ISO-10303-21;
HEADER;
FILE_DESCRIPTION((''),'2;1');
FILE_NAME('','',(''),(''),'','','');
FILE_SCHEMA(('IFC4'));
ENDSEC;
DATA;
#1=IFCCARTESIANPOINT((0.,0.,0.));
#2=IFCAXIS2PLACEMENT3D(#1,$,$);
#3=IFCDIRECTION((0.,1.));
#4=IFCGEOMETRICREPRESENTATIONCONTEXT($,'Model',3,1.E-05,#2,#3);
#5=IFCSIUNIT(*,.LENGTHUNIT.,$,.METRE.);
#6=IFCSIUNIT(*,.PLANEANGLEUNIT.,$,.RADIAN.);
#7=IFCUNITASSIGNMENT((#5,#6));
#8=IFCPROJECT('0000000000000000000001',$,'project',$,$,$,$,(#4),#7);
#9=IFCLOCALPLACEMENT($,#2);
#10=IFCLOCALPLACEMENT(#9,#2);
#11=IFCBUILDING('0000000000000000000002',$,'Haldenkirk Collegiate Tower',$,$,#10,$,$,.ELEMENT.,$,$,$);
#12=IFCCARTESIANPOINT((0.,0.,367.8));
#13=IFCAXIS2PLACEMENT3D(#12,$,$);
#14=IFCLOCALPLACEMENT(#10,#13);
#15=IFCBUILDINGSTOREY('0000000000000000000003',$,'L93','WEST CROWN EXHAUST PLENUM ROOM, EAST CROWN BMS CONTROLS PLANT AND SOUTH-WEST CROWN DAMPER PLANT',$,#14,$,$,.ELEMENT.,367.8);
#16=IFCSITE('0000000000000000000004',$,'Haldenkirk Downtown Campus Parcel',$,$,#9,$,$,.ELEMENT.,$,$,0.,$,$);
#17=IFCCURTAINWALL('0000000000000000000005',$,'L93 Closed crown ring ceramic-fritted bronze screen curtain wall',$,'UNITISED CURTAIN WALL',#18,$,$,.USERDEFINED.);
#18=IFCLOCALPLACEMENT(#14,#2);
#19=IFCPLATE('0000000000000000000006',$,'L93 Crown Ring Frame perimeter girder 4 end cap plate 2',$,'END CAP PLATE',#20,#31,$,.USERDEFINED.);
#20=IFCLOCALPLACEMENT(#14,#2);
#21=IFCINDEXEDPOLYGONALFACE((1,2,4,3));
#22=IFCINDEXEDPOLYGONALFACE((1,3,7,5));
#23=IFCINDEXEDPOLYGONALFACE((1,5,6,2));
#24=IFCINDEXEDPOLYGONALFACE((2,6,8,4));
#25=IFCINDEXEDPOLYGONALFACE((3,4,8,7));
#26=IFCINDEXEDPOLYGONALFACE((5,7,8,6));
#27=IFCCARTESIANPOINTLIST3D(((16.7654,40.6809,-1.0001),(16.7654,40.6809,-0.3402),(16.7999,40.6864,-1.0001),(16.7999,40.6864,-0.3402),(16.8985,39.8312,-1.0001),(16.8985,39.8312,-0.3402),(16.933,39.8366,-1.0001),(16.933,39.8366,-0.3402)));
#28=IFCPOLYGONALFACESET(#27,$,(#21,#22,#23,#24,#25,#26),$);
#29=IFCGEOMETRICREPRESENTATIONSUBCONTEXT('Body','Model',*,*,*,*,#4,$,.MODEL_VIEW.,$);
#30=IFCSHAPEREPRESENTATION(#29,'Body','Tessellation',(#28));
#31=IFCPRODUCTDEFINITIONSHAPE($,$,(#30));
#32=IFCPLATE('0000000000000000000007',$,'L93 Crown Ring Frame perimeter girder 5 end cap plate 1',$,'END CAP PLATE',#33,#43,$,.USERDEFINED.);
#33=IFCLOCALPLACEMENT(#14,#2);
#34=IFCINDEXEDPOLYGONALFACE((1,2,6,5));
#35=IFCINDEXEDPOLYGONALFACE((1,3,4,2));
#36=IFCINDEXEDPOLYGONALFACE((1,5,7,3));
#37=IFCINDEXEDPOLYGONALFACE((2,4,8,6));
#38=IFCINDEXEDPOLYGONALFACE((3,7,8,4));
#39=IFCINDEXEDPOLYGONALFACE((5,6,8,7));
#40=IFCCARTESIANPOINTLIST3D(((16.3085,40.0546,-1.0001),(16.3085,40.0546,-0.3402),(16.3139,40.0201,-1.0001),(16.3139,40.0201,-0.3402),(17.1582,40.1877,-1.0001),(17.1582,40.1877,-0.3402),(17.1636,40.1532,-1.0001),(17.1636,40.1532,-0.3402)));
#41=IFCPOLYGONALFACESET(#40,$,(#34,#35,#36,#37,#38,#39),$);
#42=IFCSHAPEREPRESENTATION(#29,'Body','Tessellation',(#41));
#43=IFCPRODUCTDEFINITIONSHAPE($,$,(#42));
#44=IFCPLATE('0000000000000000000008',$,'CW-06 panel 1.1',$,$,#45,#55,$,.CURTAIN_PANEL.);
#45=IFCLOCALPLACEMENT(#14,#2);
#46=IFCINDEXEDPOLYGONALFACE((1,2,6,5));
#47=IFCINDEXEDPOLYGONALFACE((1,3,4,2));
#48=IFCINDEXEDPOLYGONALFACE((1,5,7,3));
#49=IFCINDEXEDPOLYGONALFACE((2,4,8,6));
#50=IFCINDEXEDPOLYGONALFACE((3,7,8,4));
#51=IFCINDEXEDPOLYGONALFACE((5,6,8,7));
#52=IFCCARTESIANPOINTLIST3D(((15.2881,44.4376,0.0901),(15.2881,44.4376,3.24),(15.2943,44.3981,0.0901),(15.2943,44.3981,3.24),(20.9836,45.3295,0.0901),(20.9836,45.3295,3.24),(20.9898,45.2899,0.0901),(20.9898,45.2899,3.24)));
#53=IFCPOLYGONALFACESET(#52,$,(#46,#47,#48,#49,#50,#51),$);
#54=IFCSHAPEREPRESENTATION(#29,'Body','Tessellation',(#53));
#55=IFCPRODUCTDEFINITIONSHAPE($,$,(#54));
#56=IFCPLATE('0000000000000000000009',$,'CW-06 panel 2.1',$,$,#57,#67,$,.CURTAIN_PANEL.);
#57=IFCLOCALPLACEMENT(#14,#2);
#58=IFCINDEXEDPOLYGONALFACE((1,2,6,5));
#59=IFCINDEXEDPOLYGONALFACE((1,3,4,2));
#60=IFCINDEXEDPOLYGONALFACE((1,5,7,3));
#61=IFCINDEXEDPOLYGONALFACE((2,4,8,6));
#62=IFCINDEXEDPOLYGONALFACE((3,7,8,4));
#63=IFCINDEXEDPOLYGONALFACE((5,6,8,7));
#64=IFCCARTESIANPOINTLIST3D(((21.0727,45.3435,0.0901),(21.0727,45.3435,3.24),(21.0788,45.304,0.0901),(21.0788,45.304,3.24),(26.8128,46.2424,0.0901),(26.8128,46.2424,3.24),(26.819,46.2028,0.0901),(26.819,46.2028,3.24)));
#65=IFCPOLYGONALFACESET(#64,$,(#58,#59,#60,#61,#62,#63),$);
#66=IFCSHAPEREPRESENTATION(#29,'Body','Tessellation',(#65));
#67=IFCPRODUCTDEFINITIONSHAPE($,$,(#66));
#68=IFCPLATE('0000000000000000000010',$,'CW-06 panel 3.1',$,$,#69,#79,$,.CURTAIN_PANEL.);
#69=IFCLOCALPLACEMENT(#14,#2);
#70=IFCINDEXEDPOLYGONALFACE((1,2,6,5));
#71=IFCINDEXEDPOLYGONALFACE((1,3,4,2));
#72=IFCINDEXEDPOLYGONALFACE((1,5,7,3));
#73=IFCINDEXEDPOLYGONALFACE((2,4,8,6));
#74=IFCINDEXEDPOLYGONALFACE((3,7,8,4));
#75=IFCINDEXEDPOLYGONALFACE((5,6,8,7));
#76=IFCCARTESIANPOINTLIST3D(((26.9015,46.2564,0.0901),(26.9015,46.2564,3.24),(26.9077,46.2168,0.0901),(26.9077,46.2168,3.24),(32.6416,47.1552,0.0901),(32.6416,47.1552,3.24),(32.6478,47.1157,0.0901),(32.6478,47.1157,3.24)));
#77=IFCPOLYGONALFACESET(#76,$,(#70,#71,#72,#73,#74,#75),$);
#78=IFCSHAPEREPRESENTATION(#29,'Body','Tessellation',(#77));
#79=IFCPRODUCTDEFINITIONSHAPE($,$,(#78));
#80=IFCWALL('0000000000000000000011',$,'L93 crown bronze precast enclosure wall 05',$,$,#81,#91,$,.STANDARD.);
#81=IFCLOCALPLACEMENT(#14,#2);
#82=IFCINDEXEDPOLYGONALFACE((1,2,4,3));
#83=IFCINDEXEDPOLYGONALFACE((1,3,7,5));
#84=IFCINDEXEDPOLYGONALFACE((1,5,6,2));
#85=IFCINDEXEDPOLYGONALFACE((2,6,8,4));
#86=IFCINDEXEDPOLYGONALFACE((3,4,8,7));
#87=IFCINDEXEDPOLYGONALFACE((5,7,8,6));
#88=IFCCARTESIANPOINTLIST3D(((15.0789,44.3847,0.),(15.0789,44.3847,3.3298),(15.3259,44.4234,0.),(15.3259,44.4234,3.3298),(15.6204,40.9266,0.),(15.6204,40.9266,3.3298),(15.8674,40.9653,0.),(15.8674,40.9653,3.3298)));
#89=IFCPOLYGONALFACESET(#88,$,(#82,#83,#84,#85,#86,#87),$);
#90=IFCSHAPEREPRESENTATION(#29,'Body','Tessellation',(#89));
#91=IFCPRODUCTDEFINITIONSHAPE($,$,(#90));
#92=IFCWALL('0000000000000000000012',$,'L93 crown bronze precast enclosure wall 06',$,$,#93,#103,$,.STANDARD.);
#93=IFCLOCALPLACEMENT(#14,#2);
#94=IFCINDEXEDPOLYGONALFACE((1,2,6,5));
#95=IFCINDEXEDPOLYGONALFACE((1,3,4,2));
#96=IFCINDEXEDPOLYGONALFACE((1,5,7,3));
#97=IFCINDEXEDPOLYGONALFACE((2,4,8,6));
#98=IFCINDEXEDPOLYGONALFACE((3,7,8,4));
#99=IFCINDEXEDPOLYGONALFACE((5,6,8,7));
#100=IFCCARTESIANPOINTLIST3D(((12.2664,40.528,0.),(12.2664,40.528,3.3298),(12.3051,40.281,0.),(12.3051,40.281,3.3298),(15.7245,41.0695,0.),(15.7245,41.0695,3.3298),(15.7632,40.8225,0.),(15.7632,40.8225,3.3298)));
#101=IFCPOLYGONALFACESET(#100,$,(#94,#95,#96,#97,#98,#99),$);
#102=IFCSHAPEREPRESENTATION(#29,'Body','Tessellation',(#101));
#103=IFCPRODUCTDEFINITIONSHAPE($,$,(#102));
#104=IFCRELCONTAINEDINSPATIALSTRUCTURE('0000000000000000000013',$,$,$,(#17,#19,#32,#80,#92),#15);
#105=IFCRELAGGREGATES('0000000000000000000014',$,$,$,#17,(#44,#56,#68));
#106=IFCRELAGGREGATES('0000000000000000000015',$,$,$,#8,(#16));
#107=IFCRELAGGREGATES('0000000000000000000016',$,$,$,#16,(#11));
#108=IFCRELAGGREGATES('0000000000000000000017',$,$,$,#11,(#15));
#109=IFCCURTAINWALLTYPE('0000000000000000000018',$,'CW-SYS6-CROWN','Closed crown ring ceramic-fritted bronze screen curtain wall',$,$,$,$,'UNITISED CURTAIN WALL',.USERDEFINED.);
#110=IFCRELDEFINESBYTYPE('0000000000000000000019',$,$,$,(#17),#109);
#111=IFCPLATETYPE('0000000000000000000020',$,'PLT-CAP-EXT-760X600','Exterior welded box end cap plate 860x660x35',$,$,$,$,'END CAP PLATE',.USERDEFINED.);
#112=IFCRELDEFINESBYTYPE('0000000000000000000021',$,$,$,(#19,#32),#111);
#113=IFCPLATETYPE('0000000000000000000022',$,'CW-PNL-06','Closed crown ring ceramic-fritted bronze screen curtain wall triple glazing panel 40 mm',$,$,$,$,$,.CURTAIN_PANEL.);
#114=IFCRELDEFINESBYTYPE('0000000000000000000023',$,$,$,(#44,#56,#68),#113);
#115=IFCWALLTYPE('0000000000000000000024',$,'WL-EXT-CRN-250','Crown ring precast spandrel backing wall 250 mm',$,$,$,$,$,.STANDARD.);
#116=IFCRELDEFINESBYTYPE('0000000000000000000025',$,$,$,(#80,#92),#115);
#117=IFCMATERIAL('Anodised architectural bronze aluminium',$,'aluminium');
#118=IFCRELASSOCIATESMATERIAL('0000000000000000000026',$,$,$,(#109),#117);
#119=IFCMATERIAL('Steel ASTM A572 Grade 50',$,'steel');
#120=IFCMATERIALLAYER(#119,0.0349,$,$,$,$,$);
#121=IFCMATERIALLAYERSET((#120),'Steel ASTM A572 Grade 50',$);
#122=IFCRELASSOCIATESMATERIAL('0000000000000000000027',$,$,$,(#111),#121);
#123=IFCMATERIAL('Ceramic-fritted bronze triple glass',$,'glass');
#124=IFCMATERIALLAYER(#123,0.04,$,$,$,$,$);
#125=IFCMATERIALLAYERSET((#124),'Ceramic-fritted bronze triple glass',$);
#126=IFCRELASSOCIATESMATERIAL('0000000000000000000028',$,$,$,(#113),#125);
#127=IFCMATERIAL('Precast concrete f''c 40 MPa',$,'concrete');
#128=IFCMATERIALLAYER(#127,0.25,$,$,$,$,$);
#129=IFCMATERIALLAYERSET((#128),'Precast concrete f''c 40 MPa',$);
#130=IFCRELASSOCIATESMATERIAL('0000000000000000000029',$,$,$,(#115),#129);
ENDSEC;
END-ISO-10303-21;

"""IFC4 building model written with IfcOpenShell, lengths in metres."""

from ifc_helpers import new_model, si_unit, direction, frame, frame_2d, origin, origin_2d, place, context, subcontext, project, spatial, rectangle, extrude, source, transform, mapped, material, layer, layer_set, type_object, element, aggregate, save


model = new_model("IFC4")

# Units and contexts
model_context = context("Model", 3, precision=1e-05, world=origin(), true_north=direction((0.0, 1.0)))
body_context = subcontext(model_context, "Body", "Model", "MODEL_VIEW")
ifc_project = project(units=[si_unit("LENGTHUNIT", "METRE"), si_unit("PLANEANGLEUNIT", "RADIAN")], contexts=[model_context])

# Site, building, storey
site_placement = place(None, origin())
site = spatial("IfcSite", under=ifc_project, at=site_placement, Name="Haldenkirk Downtown Campus Parcel", CompositionType="ELEMENT", RefElevation=0.0)
building_placement = place(site_placement, origin())
building = spatial("IfcBuilding", under=site, at=building_placement, Name="Haldenkirk Collegiate Tower", CompositionType="ELEMENT")
storey_placement = place(building_placement, frame((0.0, 0.0, 367.8)))
storey = spatial("IfcBuildingStorey", under=building, at=storey_placement, Name="L93", Description="WEST CROWN EXHAUST PLENUM ROOM, EAST CROWN BMS CONTROLS PLANT AND SOUTH-WEST CROWN DAMPER PLANT", CompositionType="ELEMENT", Elevation=367.8)

# Shared definitions
ifc_material_1 = material(Name="Steel ASTM A572 Grade 50", Category="steel")

# Curtain wall
ifc_material_2 = material(Name="Anodised architectural bronze aluminium", Category="aluminium")
curtain_wall_type = type_object("IfcCurtainWallType", Name="CW-SYS6-CROWN", Description="Closed crown ring ceramic-fritted bronze screen curtain wall", ElementType="UNITISED CURTAIN WALL", PredefinedType="USERDEFINED", material=ifc_material_2)
curtain_wall_1_placement = place(storey_placement, origin())
curtain_wall_1 = element("IfcCurtainWall", 1, at=curtain_wall_1_placement, inside=storey, type_object=curtain_wall_type, Name="L93 Closed crown ring ceramic-fritted bronze screen curtain wall", ObjectType="UNITISED CURTAIN WALL", PredefinedType="USERDEFINED")

# Plates
ifc_layer_1 = layer(ifc_material_1, 0.0349)
ifc_layer_set_1 = layer_set([ifc_layer_1], Name="Steel ASTM A572 Grade 50")
plate_type_1 = type_object("IfcPlateType", Name="PLT-CAP-EXT-760X600", Description="Exterior welded box end cap plate 860x660x35", ElementType="END CAP PLATE", PredefinedType="USERDEFINED", material=ifc_layer_set_1)
shared_shape_1 = source(origin(), body_context, "Body", "SweptSolid", [
    extrude(rectangle(XDim=0.8601, YDim=0.6599, at=origin_2d()), origin(), (0.0, 0.0, 1.0), 0.0349),
])
for number, where, z_axis, x_axis, name in (
    (2, (16.8665, 40.2615, -0.6702), (-0.987959, -0.154713, 0.0), (0.154713, -0.987959, 0.0), "L93 Crown Ring Frame perimeter girder 4 end cap plate 2"),
    (3, (16.7388, 40.0867, -0.6702), (-0.154711, 0.98796, 0.0), (-0.98796, -0.154711, 0.0), "L93 Crown Ring Frame perimeter girder 5 end cap plate 1"),
):
    element("IfcPlate", number, at=place(storey_placement, frame(where, z_axis=z_axis, x_axis=x_axis)), inside=storey, type_object=plate_type_1, Name=name, ObjectType="END CAP PLATE", PredefinedType="USERDEFINED", context=body_context, shape_type="MappedRepresentation", body=[
        mapped(shared_shape_1, transform((0.0, 0.0, 0.0), x_axis=(1.0, 0.0, 0.0), y_axis=(0.0, 1.0, 0.0), z_axis=(0.0, 0.0, 1.0), scale=1.0)),
    ])

# Plates
ifc_material_3 = material(Name="Ceramic-fritted bronze triple glass", Category="glass")
ifc_layer_2 = layer(ifc_material_3, 0.04)
ifc_layer_set_2 = layer_set([ifc_layer_2], Name="Ceramic-fritted bronze triple glass")
plate_type_2 = type_object("IfcPlateType", Name="CW-PNL-06", Description="Closed crown ring ceramic-fritted bronze screen curtain wall triple glazing panel 40 mm", PredefinedType="CURTAIN_PANEL", material=ifc_layer_set_2)
shared_shape_2 = source(origin(), body_context, "Body", "SweptSolid", [
    extrude(rectangle(XDim=5.7649, YDim=0.04, at=origin_2d()), origin(), (0.0, 0.0, 1.0), 3.1499),
])
plate_1_placement = place(storey_placement, frame((18.1389, 44.8638, 0.0901), z_axis=(0.0, 0.0, 1.0), x_axis=(0.98796, 0.154709, 0.0)))
plate_1 = element("IfcPlate", 4, at=plate_1_placement, type_object=plate_type_2, Name="CW-06 panel 1.1", PredefinedType="CURTAIN_PANEL", context=body_context, shape_type="MappedRepresentation", body=[
    mapped(shared_shape_2, transform((0.0, 0.0, 0.0), x_axis=(1.0, 0.0, 0.0), y_axis=(0.0, 1.0, 0.0), z_axis=(0.0, 0.0, 1.0), scale=1.0)),
])
shared_shape_3 = source(origin(), body_context, "Body", "SweptSolid", [
    extrude(rectangle(XDim=5.8101, YDim=0.04, at=origin_2d()), origin(), (0.0, 0.0, 1.0), 3.1499),
])
plate_2_placement = place(storey_placement, frame((23.9458, 45.7732, 0.0901), z_axis=(0.0, 0.0, 1.0), x_axis=(0.98796, 0.154709, 0.0)))
plate_2 = element("IfcPlate", 5, at=plate_2_placement, type_object=plate_type_2, Name="CW-06 panel 2.1", PredefinedType="CURTAIN_PANEL", context=body_context, shape_type="MappedRepresentation", body=[
    mapped(shared_shape_3, transform((0.0, 0.0, 0.0), x_axis=(1.0, 0.0, 0.0), y_axis=(0.0, 1.0, 0.0), z_axis=(0.0, 0.0, 1.0), scale=1.0)),
])
plate_3_placement = place(storey_placement, frame((29.7747, 46.686, 0.0901), z_axis=(0.0, 0.0, 1.0), x_axis=(0.98796, 0.154709, 0.0)))
plate_3 = element("IfcPlate", 6, at=plate_3_placement, type_object=plate_type_2, Name="CW-06 panel 3.1", PredefinedType="CURTAIN_PANEL", context=body_context, shape_type="MappedRepresentation", body=[
    mapped(shared_shape_3, transform((0.0, 0.0, 0.0), x_axis=(1.0, 0.0, 0.0), y_axis=(0.0, 1.0, 0.0), z_axis=(0.0, 0.0, 1.0), scale=1.0)),
])
aggregate(curtain_wall_1, [plate_1, plate_2, plate_3])

# Walls
ifc_material_4 = material(Name="Precast concrete f'c 40 MPa", Category="concrete")
ifc_layer_3 = layer(ifc_material_4, 0.25)
ifc_layer_set_3 = layer_set([ifc_layer_3], Name="Precast concrete f'c 40 MPa")
wall_type = type_object("IfcWallType", Name="WL-EXT-CRN-250", Description="Crown ring precast spandrel backing wall 250 mm", PredefinedType="STANDARD", material=ifc_layer_set_3)
for number, where, z_axis, x_axis, name in (
    (7, (15.7439, 40.946, 0.0), (0.0, 0.0, 1.0), (-0.154709, 0.98796, 0.0), "L93 crown bronze precast enclosure wall 05"),
    (8, (12.2859, 40.4045, 0.0), (0.0, 0.0, 1.0), (0.98796, 0.154709, 0.0), "L93 crown bronze precast enclosure wall 06"),
):
    element("IfcWall", number, at=place(storey_placement, frame(where, z_axis=z_axis, x_axis=x_axis)), inside=storey, type_object=wall_type, Name=name, PredefinedType="STANDARD", context=body_context, shape_type="SweptSolid", body=[
        extrude(rectangle(XDim=3.5002, YDim=0.25, at=frame_2d((1.75, 0.0))), origin(), (0.0, 0.0, 1.0), 3.3298),
    ])

save(model, "model.ifc")
